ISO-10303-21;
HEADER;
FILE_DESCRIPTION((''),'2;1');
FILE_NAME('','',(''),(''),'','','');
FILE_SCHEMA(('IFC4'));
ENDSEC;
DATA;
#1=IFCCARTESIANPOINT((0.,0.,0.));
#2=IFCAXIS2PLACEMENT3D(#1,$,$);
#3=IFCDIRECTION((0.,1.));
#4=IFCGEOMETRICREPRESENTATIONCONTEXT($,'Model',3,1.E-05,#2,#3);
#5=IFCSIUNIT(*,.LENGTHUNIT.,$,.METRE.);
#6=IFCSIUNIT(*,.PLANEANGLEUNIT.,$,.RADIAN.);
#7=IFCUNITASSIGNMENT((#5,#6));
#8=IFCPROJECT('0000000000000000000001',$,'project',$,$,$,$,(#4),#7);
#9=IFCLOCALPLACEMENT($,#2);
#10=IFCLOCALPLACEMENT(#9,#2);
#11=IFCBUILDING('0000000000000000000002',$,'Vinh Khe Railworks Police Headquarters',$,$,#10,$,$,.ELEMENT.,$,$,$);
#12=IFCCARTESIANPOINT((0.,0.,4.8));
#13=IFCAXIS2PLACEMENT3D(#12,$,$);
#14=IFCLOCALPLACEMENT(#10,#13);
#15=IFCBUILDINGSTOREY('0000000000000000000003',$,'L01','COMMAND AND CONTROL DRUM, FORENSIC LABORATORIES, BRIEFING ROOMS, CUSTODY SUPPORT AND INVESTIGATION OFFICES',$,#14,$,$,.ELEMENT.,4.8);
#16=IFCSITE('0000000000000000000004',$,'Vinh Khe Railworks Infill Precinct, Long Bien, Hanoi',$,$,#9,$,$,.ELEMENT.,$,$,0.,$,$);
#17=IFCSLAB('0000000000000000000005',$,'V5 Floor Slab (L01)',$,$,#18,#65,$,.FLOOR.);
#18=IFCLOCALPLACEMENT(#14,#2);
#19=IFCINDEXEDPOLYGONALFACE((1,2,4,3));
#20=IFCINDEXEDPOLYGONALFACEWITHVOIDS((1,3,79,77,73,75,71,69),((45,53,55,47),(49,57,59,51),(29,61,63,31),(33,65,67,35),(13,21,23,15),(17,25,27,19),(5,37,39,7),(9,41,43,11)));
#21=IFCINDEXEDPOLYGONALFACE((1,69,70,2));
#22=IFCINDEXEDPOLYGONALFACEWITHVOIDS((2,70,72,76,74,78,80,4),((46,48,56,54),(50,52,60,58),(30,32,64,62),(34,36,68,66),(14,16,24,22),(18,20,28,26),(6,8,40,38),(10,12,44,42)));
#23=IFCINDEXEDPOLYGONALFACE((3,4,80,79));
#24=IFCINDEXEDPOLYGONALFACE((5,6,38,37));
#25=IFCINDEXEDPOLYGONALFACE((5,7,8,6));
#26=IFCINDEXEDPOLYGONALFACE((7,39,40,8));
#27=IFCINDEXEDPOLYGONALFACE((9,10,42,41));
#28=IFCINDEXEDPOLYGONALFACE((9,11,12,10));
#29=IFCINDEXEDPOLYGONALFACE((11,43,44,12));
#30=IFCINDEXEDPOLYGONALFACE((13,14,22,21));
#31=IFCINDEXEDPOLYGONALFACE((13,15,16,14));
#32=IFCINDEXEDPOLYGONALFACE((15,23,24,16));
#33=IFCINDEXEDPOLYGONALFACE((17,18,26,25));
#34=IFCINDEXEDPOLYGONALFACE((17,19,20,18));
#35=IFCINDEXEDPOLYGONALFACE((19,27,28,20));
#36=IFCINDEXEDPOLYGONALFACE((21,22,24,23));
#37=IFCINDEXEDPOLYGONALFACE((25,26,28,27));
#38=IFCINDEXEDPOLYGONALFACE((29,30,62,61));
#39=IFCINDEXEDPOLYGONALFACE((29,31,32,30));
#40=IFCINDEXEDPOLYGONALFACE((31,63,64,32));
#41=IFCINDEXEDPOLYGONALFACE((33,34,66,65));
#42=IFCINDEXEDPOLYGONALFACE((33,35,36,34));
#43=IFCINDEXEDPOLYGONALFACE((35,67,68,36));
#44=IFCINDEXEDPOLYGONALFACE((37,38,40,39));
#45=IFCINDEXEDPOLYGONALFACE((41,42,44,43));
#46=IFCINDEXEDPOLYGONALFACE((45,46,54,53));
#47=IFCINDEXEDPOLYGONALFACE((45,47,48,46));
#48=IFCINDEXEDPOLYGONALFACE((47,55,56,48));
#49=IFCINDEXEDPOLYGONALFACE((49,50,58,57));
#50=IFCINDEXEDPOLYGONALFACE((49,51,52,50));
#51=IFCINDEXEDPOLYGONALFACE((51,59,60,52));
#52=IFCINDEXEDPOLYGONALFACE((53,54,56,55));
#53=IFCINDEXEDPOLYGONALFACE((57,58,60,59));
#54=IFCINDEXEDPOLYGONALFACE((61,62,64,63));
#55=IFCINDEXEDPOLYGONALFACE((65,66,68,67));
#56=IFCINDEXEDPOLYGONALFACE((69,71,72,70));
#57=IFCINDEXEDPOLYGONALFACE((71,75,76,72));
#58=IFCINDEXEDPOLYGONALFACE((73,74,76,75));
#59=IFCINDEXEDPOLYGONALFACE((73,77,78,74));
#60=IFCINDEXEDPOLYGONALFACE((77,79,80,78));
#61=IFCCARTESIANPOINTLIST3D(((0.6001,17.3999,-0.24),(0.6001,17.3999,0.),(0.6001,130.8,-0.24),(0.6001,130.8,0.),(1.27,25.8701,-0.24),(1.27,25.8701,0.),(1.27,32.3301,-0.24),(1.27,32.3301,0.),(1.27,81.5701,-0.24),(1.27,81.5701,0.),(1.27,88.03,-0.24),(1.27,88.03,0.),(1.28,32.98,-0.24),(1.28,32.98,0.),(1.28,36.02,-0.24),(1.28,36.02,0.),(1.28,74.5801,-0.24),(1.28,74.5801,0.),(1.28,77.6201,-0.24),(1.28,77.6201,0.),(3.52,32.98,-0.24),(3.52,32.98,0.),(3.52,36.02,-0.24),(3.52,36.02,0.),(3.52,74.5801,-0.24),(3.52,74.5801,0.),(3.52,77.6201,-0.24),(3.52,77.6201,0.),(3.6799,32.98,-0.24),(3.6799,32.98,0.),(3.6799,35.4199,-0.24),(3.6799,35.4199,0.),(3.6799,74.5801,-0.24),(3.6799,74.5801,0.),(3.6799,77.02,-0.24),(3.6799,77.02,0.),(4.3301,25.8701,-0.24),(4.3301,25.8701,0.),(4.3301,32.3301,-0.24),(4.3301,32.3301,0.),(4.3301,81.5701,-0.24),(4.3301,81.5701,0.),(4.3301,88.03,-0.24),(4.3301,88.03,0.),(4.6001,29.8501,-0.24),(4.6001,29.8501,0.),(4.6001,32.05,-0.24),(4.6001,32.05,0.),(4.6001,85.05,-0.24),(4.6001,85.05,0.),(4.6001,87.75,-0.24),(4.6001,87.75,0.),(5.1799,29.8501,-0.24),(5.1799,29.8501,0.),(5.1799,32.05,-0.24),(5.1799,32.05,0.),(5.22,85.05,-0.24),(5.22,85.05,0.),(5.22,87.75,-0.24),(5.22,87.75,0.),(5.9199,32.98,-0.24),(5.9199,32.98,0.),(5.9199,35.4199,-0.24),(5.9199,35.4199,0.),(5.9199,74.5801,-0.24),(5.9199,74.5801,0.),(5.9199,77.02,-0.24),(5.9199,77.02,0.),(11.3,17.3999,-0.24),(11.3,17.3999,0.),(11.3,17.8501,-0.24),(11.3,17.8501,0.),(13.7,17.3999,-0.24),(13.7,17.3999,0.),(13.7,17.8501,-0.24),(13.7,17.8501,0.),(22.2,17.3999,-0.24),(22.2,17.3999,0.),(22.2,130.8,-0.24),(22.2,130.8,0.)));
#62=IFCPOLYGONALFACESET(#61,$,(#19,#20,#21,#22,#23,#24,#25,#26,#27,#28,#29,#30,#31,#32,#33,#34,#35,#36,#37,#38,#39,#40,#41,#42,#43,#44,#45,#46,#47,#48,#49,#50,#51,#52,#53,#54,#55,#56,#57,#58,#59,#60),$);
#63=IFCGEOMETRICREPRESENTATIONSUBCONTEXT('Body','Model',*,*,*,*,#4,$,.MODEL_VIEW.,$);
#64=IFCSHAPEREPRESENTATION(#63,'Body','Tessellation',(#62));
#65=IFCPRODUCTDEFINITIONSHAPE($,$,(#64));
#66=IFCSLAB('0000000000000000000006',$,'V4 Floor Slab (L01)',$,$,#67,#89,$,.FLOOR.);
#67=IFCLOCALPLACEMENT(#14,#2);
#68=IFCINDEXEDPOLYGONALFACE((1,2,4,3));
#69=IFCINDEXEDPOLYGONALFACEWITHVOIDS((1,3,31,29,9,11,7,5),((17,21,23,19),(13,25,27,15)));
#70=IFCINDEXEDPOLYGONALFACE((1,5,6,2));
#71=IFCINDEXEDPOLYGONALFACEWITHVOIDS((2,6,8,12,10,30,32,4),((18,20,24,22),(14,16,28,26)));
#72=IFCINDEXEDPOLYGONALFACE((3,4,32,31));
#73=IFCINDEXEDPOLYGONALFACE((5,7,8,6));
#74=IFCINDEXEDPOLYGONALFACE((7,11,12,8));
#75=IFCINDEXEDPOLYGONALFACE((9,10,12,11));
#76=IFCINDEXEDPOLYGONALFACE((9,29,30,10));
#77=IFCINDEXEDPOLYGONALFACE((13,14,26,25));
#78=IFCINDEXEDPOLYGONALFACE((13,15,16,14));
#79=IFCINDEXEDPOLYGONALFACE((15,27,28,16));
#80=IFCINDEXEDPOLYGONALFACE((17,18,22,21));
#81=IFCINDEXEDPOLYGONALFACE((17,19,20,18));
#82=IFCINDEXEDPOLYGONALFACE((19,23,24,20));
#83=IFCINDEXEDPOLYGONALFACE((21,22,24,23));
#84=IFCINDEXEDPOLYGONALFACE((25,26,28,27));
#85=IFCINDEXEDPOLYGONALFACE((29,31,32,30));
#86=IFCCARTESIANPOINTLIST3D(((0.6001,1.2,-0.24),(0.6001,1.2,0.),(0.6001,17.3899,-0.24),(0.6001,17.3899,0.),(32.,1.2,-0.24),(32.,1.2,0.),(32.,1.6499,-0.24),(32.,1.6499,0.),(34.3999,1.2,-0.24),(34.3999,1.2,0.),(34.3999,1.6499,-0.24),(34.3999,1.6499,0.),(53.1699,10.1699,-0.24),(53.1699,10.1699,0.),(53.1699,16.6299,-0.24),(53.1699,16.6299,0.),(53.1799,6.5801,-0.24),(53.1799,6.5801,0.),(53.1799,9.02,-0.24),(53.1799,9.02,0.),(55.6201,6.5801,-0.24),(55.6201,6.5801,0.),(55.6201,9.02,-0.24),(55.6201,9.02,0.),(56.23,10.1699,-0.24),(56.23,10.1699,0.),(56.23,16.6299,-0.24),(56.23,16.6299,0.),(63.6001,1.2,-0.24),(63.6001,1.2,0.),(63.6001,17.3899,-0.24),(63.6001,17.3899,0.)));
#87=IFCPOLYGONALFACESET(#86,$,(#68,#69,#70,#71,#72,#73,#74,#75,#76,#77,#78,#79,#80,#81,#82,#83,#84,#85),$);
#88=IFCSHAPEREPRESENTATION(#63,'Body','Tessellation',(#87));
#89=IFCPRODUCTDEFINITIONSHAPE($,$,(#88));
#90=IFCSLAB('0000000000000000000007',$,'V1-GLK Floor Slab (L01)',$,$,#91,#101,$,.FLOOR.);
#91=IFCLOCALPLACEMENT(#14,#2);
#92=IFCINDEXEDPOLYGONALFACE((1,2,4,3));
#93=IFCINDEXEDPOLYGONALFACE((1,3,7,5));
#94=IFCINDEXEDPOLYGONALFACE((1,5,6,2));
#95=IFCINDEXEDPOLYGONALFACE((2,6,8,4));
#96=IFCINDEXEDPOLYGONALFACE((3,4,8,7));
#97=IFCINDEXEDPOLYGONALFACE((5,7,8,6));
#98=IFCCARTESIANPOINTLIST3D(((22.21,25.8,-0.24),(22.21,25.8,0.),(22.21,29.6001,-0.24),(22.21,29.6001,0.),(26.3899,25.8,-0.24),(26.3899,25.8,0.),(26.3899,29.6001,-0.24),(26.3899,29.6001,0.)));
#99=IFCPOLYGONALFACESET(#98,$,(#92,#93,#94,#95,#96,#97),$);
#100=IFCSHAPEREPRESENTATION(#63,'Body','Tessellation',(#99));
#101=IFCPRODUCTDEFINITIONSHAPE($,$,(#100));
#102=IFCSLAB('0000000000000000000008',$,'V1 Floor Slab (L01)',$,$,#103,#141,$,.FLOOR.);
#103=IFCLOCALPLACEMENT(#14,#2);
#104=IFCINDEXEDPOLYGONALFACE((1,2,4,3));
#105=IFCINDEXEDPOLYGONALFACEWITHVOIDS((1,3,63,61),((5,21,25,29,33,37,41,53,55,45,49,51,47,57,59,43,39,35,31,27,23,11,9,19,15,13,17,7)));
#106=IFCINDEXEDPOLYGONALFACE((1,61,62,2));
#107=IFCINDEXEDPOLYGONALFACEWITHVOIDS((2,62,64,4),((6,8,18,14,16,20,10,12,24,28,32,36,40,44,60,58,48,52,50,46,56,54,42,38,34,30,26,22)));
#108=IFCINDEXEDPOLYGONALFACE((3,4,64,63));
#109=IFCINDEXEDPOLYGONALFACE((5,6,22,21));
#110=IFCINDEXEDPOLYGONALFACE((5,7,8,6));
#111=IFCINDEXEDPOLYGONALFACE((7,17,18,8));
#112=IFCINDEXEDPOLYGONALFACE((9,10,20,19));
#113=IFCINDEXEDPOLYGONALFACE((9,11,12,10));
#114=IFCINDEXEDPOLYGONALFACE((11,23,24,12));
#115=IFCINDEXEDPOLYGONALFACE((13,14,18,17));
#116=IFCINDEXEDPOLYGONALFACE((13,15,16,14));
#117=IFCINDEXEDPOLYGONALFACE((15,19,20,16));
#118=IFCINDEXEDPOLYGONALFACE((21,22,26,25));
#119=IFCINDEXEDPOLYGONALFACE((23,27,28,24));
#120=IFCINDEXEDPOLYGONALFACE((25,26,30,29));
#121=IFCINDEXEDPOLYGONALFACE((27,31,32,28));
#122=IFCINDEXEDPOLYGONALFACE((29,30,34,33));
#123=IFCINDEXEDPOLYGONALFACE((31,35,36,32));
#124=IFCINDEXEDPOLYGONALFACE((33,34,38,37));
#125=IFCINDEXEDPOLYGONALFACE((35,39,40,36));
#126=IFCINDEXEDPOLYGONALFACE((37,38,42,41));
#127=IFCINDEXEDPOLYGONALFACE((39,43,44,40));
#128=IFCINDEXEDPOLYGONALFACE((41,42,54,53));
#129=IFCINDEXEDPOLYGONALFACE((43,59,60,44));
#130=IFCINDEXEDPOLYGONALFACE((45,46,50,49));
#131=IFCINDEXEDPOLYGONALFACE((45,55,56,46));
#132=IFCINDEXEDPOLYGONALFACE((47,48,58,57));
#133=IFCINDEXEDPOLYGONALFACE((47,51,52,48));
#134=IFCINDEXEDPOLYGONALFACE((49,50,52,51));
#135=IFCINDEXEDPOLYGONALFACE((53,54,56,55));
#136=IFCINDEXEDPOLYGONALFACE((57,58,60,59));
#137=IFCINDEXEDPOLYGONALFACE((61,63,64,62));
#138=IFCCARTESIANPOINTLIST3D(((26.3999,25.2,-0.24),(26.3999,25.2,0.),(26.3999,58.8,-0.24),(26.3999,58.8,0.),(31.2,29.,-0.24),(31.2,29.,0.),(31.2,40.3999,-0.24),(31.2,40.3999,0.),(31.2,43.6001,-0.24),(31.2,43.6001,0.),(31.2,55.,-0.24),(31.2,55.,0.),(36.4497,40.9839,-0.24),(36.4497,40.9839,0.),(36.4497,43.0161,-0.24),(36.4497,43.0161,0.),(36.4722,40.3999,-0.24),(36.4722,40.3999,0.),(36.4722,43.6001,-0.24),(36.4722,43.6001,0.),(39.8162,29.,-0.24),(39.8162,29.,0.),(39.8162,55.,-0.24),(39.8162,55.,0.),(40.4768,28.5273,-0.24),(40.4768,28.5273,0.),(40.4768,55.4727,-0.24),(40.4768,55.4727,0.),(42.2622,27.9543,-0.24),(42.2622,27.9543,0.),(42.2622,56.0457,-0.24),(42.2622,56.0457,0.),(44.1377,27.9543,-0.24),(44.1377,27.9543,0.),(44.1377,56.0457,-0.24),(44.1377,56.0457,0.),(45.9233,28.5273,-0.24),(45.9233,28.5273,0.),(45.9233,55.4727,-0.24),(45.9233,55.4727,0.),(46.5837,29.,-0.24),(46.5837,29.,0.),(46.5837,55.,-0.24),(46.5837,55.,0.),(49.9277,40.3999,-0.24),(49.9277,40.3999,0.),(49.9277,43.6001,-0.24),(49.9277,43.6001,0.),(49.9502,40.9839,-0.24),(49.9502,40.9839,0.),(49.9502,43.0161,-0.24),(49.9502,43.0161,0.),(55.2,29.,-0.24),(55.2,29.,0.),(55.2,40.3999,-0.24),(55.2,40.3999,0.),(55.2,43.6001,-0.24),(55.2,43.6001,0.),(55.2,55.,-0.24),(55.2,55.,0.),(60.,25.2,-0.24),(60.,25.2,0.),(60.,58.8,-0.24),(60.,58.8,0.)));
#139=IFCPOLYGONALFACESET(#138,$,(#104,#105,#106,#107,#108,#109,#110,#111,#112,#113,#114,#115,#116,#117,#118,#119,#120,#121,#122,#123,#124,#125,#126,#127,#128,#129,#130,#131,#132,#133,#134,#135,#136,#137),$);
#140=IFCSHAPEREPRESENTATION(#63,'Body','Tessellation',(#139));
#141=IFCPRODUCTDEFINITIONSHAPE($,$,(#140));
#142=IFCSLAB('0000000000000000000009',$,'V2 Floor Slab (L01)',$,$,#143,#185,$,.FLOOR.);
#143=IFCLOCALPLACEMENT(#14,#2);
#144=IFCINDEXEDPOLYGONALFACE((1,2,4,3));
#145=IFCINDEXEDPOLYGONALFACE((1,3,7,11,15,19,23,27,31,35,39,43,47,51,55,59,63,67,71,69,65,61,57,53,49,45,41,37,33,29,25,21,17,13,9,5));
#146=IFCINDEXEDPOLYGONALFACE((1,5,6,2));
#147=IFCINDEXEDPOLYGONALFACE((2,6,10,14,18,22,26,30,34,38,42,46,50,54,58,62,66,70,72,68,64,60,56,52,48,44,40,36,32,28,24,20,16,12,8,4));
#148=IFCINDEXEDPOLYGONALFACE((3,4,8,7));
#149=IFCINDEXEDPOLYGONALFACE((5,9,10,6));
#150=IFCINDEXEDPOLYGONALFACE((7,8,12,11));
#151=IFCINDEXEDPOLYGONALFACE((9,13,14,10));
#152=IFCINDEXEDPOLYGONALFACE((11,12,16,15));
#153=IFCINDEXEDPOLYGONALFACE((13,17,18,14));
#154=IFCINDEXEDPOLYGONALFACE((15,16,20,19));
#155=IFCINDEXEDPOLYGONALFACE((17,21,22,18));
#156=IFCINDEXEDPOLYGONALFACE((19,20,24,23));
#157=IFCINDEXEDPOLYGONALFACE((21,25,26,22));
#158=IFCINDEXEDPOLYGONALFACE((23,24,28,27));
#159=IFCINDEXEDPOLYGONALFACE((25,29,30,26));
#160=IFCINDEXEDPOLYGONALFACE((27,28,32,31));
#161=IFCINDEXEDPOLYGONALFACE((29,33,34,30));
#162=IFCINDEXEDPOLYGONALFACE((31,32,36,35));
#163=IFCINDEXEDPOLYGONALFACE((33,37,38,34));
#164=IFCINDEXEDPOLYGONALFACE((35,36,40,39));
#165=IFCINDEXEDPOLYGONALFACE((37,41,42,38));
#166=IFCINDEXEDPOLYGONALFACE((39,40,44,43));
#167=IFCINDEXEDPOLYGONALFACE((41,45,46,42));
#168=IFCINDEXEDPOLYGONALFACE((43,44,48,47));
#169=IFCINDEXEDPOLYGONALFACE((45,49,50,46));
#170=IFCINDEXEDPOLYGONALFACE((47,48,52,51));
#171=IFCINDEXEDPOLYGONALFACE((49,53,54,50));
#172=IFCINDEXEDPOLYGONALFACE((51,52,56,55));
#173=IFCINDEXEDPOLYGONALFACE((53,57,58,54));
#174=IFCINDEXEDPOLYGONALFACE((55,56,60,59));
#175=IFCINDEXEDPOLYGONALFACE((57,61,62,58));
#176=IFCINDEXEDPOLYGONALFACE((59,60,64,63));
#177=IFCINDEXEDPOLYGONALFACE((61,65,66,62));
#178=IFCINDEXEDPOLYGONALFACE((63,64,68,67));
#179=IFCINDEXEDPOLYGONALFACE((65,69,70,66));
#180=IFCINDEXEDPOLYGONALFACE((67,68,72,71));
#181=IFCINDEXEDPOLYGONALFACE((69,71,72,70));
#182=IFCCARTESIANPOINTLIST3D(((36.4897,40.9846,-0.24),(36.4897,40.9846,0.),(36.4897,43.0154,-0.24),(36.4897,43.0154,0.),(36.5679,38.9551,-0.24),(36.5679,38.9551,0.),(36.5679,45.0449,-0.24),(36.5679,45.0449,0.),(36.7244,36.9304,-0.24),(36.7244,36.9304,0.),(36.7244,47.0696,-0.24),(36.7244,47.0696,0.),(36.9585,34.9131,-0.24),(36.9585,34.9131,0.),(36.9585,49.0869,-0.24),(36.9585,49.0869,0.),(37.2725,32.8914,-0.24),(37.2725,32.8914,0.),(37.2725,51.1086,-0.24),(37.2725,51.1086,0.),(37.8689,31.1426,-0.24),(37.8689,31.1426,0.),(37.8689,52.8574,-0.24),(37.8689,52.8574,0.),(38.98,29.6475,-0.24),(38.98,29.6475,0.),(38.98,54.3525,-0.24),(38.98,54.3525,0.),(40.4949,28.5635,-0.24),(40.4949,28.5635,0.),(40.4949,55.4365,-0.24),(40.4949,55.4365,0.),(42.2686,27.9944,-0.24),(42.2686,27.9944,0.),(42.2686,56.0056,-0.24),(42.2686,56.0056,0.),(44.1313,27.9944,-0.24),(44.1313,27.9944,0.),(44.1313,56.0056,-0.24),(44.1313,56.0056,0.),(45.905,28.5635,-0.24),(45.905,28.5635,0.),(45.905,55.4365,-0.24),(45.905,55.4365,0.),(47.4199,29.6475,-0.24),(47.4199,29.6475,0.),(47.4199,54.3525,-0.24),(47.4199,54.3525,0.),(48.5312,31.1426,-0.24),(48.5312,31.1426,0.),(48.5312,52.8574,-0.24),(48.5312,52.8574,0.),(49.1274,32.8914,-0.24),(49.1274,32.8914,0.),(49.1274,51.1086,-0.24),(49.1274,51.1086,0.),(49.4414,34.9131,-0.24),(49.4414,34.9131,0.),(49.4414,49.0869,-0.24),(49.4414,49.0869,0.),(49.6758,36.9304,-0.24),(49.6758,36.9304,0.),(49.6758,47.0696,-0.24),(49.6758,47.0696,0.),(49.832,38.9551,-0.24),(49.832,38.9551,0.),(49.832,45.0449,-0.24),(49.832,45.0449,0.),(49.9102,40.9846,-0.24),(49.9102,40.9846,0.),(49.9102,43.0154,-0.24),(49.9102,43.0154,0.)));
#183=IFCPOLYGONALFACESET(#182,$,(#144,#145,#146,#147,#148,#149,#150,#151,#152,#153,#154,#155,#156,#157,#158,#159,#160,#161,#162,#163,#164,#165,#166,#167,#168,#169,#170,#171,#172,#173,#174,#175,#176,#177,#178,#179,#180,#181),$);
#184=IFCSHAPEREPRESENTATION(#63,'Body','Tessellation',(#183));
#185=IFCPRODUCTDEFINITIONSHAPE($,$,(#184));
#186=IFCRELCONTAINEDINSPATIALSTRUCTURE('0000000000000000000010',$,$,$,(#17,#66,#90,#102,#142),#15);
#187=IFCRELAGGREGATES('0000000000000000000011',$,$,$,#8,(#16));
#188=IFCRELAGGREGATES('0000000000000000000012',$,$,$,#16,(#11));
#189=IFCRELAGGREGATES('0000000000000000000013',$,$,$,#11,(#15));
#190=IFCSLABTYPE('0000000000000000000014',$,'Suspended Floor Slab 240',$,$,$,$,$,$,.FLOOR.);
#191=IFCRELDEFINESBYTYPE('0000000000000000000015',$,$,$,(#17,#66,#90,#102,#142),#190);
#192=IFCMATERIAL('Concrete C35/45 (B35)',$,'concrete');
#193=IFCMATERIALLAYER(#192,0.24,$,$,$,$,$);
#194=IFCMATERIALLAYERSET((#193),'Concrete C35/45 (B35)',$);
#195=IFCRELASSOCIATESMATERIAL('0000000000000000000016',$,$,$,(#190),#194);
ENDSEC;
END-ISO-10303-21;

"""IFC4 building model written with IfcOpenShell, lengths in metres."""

from ifc_helpers import new_model, si_unit, direction, frame, origin, place, context, subcontext, project, spatial, polyline, outline, extrude, material, layer, layer_set, type_object, element, save


model = new_model("IFC4")

# Units and contexts
model_context = context("Model", 3, precision=1e-05, world=origin(), true_north=direction((0.0, 1.0)))
body_context = subcontext(model_context, "Body", "Model", "MODEL_VIEW")
ifc_project = project(units=[si_unit("LENGTHUNIT", "METRE"), si_unit("PLANEANGLEUNIT", "RADIAN")], contexts=[model_context])

# Site, building, storey
site_placement = place(None, origin())
site = spatial("IfcSite", under=ifc_project, at=site_placement, Name="Vinh Khe Railworks Infill Precinct, Long Bien, Hanoi", CompositionType="ELEMENT", RefElevation=0.0)
building_placement = place(site_placement, origin())
building = spatial("IfcBuilding", under=site, at=building_placement, Name="Vinh Khe Railworks Police Headquarters", CompositionType="ELEMENT")
storey_placement = place(building_placement, frame((0.0, 0.0, 4.8)))
storey = spatial("IfcBuildingStorey", under=building, at=storey_placement, Name="L01", Description="COMMAND AND CONTROL DRUM, FORENSIC LABORATORIES, BRIEFING ROOMS, CUSTODY SUPPORT AND INVESTIGATION OFFICES", CompositionType="ELEMENT", Elevation=4.8)

# Shared definitions
ifc_material_1 = material(Name="Concrete C35/45 (B35)", Category="concrete")

# Slabs
ifc_layer_1 = layer(ifc_material_1, 0.24)
ifc_layer_set_1 = layer_set([ifc_layer_1], Name="Concrete C35/45 (B35)")
slab_type_1 = type_object("IfcSlabType", Name="Suspended Floor Slab 240", PredefinedType="FLOOR", material=ifc_layer_set_1)
slab_1_placement = place(storey_placement, frame((0.0, 0.0, -0.24)))
element("IfcSlab", 1, at=slab_1_placement, inside=storey, type_object=slab_type_1, Name="V5 Floor Slab (L01)", PredefinedType="FLOOR", context=body_context, shape_type="SweptSolid", body=[
    extrude(outline(polyline([(0.6001, 17.3999), (11.3, 17.3999), (11.3, 17.8501), (13.7, 17.8501), (13.7, 17.3999), (22.2, 17.3999), (22.2, 130.8), (0.6001, 130.8), (0.6001, 17.3999)]), holes=[polyline([(1.27, 25.8701), (4.3301, 25.8701), (4.3301, 32.3301), (1.27, 32.3301), (1.27, 25.8701)]), polyline([(1.28, 32.98), (3.52, 32.98), (3.52, 36.02), (1.28, 36.02), (1.28, 32.98)]), polyline([(3.6799, 32.98), (5.9199, 32.98), (5.9199, 35.4199), (3.6799, 35.4199), (3.6799, 32.98)]), polyline([(1.27, 81.5701), (4.3301, 81.5701), (4.3301, 88.03), (1.27, 88.03), (1.27, 81.5701)]), polyline([(1.28, 74.5801), (3.52, 74.5801), (3.52, 77.6201), (1.28, 77.6201), (1.28, 74.5801)]), polyline([(3.6799, 74.5801), (5.9199, 74.5801), (5.9199, 77.02), (3.6799, 77.02), (3.6799, 74.5801)]), polyline([(4.6001, 29.8501), (5.1799, 29.8501), (5.1799, 32.05), (4.6001, 32.05), (4.6001, 29.8501)]), polyline([(4.6001, 85.05), (5.22, 85.05), (5.22, 87.75), (4.6001, 87.75), (4.6001, 85.05)])]), origin(), (0.0, 0.0, 1.0), 0.24),
])
slab_2_placement = place(storey_placement, frame((0.0, 0.0, -0.24)))
element("IfcSlab", 2, at=slab_2_placement, inside=storey, type_object=slab_type_1, Name="V4 Floor Slab (L01)", PredefinedType="FLOOR", context=body_context, shape_type="SweptSolid", body=[
    extrude(outline(polyline([(0.6001, 1.2), (32.0, 1.2), (32.0, 1.6499), (34.3999, 1.6499), (34.3999, 1.2), (63.6001, 1.2), (63.6001, 17.3899), (0.6001, 17.3899), (0.6001, 1.2)]), holes=[polyline([(53.1699, 10.1699), (56.23, 10.1699), (56.23, 16.6299), (53.1699, 16.6299), (53.1699, 10.1699)]), polyline([(53.1799, 6.5801), (55.6201, 6.5801), (55.6201, 9.02), (53.1799, 9.02), (53.1799, 6.5801)])]), origin(), (0.0, 0.0, 1.0), 0.24),
])
slab_3_placement = place(storey_placement, frame((0.0, 0.0, -0.24)))
element("IfcSlab", 3, at=slab_3_placement, inside=storey, type_object=slab_type_1, Name="V1-GLK Floor Slab (L01)", PredefinedType="FLOOR", context=body_context, shape_type="SweptSolid", body=[
    extrude(outline(polyline([(22.21, 25.8), (26.3899, 25.8), (26.3899, 29.6001), (22.21, 29.6001), (22.21, 25.8)])), origin(), (0.0, 0.0, 1.0), 0.24),
])
slab_4_placement = place(storey_placement, frame((0.0, 0.0, -0.24)))
element("IfcSlab", 4, at=slab_4_placement, inside=storey, type_object=slab_type_1, Name="V1 Floor Slab (L01)", PredefinedType="FLOOR", context=body_context, shape_type="SweptSolid", body=[
    extrude(outline(polyline([(26.3999, 25.2), (60.0, 25.2), (60.0, 58.8), (26.3999, 58.8), (26.3999, 25.2)]), holes=[polyline([(46.5837, 29.0), (45.9233, 28.5273), (44.1377, 27.9543), (42.2622, 27.9543), (40.4768, 28.5273), (39.8162, 29.0), (31.2, 29.0), (31.2, 40.3999), (36.4722, 40.3999), (36.4497, 40.9839), (36.4497, 43.0161), (36.4722, 43.6001), (31.2, 43.6001), (31.2, 55.0), (39.8162, 55.0), (40.4768, 55.4727), (42.2622, 56.0457), (44.1377, 56.0457), (45.9233, 55.4727), (46.5837, 55.0), (55.2, 55.0), (55.2, 43.6001), (49.9277, 43.6001), (49.9502, 43.0161), (49.9502, 40.9839), (49.9277, 40.3999), (55.2, 40.3999), (55.2, 29.0), (46.5837, 29.0)])]), origin(), (0.0, 0.0, 1.0), 0.24),
])
slab_5_placement = place(storey_placement, frame((0.0, 0.0, -0.24)))
element("IfcSlab", 5, at=slab_5_placement, inside=storey, type_object=slab_type_1, Name="V2 Floor Slab (L01)", PredefinedType="FLOOR", context=body_context, shape_type="SweptSolid", body=[
    extrude(outline(polyline([(49.1274, 32.8914), (49.4414, 34.9131), (49.6758, 36.9304), (49.832, 38.9551), (49.9102, 40.9846), (49.9102, 43.0154), (49.832, 45.0449), (49.6758, 47.0696), (49.4414, 49.0869), (49.1274, 51.1086), (48.5312, 52.8574), (47.4199, 54.3525), (45.905, 55.4365), (44.1313, 56.0056), (42.2686, 56.0056), (40.4949, 55.4365), (38.98, 54.3525), (37.8689, 52.8574), (37.2725, 51.1086), (36.9585, 49.0869), (36.7244, 47.0696), (36.5679, 45.0449), (36.4897, 43.0154), (36.4897, 40.9846), (36.5679, 38.9551), (36.7244, 36.9304), (36.9585, 34.9131), (37.2725, 32.8914), (37.8689, 31.1426), (38.98, 29.6475), (40.4949, 28.5635), (42.2686, 27.9944), (44.1313, 27.9944), (45.905, 28.5635), (47.4199, 29.6475), (48.5312, 31.1426), (49.1274, 32.8914)])), origin(), (0.0, 0.0, 1.0), 0.24),
])

save(model, "model.ifc")
